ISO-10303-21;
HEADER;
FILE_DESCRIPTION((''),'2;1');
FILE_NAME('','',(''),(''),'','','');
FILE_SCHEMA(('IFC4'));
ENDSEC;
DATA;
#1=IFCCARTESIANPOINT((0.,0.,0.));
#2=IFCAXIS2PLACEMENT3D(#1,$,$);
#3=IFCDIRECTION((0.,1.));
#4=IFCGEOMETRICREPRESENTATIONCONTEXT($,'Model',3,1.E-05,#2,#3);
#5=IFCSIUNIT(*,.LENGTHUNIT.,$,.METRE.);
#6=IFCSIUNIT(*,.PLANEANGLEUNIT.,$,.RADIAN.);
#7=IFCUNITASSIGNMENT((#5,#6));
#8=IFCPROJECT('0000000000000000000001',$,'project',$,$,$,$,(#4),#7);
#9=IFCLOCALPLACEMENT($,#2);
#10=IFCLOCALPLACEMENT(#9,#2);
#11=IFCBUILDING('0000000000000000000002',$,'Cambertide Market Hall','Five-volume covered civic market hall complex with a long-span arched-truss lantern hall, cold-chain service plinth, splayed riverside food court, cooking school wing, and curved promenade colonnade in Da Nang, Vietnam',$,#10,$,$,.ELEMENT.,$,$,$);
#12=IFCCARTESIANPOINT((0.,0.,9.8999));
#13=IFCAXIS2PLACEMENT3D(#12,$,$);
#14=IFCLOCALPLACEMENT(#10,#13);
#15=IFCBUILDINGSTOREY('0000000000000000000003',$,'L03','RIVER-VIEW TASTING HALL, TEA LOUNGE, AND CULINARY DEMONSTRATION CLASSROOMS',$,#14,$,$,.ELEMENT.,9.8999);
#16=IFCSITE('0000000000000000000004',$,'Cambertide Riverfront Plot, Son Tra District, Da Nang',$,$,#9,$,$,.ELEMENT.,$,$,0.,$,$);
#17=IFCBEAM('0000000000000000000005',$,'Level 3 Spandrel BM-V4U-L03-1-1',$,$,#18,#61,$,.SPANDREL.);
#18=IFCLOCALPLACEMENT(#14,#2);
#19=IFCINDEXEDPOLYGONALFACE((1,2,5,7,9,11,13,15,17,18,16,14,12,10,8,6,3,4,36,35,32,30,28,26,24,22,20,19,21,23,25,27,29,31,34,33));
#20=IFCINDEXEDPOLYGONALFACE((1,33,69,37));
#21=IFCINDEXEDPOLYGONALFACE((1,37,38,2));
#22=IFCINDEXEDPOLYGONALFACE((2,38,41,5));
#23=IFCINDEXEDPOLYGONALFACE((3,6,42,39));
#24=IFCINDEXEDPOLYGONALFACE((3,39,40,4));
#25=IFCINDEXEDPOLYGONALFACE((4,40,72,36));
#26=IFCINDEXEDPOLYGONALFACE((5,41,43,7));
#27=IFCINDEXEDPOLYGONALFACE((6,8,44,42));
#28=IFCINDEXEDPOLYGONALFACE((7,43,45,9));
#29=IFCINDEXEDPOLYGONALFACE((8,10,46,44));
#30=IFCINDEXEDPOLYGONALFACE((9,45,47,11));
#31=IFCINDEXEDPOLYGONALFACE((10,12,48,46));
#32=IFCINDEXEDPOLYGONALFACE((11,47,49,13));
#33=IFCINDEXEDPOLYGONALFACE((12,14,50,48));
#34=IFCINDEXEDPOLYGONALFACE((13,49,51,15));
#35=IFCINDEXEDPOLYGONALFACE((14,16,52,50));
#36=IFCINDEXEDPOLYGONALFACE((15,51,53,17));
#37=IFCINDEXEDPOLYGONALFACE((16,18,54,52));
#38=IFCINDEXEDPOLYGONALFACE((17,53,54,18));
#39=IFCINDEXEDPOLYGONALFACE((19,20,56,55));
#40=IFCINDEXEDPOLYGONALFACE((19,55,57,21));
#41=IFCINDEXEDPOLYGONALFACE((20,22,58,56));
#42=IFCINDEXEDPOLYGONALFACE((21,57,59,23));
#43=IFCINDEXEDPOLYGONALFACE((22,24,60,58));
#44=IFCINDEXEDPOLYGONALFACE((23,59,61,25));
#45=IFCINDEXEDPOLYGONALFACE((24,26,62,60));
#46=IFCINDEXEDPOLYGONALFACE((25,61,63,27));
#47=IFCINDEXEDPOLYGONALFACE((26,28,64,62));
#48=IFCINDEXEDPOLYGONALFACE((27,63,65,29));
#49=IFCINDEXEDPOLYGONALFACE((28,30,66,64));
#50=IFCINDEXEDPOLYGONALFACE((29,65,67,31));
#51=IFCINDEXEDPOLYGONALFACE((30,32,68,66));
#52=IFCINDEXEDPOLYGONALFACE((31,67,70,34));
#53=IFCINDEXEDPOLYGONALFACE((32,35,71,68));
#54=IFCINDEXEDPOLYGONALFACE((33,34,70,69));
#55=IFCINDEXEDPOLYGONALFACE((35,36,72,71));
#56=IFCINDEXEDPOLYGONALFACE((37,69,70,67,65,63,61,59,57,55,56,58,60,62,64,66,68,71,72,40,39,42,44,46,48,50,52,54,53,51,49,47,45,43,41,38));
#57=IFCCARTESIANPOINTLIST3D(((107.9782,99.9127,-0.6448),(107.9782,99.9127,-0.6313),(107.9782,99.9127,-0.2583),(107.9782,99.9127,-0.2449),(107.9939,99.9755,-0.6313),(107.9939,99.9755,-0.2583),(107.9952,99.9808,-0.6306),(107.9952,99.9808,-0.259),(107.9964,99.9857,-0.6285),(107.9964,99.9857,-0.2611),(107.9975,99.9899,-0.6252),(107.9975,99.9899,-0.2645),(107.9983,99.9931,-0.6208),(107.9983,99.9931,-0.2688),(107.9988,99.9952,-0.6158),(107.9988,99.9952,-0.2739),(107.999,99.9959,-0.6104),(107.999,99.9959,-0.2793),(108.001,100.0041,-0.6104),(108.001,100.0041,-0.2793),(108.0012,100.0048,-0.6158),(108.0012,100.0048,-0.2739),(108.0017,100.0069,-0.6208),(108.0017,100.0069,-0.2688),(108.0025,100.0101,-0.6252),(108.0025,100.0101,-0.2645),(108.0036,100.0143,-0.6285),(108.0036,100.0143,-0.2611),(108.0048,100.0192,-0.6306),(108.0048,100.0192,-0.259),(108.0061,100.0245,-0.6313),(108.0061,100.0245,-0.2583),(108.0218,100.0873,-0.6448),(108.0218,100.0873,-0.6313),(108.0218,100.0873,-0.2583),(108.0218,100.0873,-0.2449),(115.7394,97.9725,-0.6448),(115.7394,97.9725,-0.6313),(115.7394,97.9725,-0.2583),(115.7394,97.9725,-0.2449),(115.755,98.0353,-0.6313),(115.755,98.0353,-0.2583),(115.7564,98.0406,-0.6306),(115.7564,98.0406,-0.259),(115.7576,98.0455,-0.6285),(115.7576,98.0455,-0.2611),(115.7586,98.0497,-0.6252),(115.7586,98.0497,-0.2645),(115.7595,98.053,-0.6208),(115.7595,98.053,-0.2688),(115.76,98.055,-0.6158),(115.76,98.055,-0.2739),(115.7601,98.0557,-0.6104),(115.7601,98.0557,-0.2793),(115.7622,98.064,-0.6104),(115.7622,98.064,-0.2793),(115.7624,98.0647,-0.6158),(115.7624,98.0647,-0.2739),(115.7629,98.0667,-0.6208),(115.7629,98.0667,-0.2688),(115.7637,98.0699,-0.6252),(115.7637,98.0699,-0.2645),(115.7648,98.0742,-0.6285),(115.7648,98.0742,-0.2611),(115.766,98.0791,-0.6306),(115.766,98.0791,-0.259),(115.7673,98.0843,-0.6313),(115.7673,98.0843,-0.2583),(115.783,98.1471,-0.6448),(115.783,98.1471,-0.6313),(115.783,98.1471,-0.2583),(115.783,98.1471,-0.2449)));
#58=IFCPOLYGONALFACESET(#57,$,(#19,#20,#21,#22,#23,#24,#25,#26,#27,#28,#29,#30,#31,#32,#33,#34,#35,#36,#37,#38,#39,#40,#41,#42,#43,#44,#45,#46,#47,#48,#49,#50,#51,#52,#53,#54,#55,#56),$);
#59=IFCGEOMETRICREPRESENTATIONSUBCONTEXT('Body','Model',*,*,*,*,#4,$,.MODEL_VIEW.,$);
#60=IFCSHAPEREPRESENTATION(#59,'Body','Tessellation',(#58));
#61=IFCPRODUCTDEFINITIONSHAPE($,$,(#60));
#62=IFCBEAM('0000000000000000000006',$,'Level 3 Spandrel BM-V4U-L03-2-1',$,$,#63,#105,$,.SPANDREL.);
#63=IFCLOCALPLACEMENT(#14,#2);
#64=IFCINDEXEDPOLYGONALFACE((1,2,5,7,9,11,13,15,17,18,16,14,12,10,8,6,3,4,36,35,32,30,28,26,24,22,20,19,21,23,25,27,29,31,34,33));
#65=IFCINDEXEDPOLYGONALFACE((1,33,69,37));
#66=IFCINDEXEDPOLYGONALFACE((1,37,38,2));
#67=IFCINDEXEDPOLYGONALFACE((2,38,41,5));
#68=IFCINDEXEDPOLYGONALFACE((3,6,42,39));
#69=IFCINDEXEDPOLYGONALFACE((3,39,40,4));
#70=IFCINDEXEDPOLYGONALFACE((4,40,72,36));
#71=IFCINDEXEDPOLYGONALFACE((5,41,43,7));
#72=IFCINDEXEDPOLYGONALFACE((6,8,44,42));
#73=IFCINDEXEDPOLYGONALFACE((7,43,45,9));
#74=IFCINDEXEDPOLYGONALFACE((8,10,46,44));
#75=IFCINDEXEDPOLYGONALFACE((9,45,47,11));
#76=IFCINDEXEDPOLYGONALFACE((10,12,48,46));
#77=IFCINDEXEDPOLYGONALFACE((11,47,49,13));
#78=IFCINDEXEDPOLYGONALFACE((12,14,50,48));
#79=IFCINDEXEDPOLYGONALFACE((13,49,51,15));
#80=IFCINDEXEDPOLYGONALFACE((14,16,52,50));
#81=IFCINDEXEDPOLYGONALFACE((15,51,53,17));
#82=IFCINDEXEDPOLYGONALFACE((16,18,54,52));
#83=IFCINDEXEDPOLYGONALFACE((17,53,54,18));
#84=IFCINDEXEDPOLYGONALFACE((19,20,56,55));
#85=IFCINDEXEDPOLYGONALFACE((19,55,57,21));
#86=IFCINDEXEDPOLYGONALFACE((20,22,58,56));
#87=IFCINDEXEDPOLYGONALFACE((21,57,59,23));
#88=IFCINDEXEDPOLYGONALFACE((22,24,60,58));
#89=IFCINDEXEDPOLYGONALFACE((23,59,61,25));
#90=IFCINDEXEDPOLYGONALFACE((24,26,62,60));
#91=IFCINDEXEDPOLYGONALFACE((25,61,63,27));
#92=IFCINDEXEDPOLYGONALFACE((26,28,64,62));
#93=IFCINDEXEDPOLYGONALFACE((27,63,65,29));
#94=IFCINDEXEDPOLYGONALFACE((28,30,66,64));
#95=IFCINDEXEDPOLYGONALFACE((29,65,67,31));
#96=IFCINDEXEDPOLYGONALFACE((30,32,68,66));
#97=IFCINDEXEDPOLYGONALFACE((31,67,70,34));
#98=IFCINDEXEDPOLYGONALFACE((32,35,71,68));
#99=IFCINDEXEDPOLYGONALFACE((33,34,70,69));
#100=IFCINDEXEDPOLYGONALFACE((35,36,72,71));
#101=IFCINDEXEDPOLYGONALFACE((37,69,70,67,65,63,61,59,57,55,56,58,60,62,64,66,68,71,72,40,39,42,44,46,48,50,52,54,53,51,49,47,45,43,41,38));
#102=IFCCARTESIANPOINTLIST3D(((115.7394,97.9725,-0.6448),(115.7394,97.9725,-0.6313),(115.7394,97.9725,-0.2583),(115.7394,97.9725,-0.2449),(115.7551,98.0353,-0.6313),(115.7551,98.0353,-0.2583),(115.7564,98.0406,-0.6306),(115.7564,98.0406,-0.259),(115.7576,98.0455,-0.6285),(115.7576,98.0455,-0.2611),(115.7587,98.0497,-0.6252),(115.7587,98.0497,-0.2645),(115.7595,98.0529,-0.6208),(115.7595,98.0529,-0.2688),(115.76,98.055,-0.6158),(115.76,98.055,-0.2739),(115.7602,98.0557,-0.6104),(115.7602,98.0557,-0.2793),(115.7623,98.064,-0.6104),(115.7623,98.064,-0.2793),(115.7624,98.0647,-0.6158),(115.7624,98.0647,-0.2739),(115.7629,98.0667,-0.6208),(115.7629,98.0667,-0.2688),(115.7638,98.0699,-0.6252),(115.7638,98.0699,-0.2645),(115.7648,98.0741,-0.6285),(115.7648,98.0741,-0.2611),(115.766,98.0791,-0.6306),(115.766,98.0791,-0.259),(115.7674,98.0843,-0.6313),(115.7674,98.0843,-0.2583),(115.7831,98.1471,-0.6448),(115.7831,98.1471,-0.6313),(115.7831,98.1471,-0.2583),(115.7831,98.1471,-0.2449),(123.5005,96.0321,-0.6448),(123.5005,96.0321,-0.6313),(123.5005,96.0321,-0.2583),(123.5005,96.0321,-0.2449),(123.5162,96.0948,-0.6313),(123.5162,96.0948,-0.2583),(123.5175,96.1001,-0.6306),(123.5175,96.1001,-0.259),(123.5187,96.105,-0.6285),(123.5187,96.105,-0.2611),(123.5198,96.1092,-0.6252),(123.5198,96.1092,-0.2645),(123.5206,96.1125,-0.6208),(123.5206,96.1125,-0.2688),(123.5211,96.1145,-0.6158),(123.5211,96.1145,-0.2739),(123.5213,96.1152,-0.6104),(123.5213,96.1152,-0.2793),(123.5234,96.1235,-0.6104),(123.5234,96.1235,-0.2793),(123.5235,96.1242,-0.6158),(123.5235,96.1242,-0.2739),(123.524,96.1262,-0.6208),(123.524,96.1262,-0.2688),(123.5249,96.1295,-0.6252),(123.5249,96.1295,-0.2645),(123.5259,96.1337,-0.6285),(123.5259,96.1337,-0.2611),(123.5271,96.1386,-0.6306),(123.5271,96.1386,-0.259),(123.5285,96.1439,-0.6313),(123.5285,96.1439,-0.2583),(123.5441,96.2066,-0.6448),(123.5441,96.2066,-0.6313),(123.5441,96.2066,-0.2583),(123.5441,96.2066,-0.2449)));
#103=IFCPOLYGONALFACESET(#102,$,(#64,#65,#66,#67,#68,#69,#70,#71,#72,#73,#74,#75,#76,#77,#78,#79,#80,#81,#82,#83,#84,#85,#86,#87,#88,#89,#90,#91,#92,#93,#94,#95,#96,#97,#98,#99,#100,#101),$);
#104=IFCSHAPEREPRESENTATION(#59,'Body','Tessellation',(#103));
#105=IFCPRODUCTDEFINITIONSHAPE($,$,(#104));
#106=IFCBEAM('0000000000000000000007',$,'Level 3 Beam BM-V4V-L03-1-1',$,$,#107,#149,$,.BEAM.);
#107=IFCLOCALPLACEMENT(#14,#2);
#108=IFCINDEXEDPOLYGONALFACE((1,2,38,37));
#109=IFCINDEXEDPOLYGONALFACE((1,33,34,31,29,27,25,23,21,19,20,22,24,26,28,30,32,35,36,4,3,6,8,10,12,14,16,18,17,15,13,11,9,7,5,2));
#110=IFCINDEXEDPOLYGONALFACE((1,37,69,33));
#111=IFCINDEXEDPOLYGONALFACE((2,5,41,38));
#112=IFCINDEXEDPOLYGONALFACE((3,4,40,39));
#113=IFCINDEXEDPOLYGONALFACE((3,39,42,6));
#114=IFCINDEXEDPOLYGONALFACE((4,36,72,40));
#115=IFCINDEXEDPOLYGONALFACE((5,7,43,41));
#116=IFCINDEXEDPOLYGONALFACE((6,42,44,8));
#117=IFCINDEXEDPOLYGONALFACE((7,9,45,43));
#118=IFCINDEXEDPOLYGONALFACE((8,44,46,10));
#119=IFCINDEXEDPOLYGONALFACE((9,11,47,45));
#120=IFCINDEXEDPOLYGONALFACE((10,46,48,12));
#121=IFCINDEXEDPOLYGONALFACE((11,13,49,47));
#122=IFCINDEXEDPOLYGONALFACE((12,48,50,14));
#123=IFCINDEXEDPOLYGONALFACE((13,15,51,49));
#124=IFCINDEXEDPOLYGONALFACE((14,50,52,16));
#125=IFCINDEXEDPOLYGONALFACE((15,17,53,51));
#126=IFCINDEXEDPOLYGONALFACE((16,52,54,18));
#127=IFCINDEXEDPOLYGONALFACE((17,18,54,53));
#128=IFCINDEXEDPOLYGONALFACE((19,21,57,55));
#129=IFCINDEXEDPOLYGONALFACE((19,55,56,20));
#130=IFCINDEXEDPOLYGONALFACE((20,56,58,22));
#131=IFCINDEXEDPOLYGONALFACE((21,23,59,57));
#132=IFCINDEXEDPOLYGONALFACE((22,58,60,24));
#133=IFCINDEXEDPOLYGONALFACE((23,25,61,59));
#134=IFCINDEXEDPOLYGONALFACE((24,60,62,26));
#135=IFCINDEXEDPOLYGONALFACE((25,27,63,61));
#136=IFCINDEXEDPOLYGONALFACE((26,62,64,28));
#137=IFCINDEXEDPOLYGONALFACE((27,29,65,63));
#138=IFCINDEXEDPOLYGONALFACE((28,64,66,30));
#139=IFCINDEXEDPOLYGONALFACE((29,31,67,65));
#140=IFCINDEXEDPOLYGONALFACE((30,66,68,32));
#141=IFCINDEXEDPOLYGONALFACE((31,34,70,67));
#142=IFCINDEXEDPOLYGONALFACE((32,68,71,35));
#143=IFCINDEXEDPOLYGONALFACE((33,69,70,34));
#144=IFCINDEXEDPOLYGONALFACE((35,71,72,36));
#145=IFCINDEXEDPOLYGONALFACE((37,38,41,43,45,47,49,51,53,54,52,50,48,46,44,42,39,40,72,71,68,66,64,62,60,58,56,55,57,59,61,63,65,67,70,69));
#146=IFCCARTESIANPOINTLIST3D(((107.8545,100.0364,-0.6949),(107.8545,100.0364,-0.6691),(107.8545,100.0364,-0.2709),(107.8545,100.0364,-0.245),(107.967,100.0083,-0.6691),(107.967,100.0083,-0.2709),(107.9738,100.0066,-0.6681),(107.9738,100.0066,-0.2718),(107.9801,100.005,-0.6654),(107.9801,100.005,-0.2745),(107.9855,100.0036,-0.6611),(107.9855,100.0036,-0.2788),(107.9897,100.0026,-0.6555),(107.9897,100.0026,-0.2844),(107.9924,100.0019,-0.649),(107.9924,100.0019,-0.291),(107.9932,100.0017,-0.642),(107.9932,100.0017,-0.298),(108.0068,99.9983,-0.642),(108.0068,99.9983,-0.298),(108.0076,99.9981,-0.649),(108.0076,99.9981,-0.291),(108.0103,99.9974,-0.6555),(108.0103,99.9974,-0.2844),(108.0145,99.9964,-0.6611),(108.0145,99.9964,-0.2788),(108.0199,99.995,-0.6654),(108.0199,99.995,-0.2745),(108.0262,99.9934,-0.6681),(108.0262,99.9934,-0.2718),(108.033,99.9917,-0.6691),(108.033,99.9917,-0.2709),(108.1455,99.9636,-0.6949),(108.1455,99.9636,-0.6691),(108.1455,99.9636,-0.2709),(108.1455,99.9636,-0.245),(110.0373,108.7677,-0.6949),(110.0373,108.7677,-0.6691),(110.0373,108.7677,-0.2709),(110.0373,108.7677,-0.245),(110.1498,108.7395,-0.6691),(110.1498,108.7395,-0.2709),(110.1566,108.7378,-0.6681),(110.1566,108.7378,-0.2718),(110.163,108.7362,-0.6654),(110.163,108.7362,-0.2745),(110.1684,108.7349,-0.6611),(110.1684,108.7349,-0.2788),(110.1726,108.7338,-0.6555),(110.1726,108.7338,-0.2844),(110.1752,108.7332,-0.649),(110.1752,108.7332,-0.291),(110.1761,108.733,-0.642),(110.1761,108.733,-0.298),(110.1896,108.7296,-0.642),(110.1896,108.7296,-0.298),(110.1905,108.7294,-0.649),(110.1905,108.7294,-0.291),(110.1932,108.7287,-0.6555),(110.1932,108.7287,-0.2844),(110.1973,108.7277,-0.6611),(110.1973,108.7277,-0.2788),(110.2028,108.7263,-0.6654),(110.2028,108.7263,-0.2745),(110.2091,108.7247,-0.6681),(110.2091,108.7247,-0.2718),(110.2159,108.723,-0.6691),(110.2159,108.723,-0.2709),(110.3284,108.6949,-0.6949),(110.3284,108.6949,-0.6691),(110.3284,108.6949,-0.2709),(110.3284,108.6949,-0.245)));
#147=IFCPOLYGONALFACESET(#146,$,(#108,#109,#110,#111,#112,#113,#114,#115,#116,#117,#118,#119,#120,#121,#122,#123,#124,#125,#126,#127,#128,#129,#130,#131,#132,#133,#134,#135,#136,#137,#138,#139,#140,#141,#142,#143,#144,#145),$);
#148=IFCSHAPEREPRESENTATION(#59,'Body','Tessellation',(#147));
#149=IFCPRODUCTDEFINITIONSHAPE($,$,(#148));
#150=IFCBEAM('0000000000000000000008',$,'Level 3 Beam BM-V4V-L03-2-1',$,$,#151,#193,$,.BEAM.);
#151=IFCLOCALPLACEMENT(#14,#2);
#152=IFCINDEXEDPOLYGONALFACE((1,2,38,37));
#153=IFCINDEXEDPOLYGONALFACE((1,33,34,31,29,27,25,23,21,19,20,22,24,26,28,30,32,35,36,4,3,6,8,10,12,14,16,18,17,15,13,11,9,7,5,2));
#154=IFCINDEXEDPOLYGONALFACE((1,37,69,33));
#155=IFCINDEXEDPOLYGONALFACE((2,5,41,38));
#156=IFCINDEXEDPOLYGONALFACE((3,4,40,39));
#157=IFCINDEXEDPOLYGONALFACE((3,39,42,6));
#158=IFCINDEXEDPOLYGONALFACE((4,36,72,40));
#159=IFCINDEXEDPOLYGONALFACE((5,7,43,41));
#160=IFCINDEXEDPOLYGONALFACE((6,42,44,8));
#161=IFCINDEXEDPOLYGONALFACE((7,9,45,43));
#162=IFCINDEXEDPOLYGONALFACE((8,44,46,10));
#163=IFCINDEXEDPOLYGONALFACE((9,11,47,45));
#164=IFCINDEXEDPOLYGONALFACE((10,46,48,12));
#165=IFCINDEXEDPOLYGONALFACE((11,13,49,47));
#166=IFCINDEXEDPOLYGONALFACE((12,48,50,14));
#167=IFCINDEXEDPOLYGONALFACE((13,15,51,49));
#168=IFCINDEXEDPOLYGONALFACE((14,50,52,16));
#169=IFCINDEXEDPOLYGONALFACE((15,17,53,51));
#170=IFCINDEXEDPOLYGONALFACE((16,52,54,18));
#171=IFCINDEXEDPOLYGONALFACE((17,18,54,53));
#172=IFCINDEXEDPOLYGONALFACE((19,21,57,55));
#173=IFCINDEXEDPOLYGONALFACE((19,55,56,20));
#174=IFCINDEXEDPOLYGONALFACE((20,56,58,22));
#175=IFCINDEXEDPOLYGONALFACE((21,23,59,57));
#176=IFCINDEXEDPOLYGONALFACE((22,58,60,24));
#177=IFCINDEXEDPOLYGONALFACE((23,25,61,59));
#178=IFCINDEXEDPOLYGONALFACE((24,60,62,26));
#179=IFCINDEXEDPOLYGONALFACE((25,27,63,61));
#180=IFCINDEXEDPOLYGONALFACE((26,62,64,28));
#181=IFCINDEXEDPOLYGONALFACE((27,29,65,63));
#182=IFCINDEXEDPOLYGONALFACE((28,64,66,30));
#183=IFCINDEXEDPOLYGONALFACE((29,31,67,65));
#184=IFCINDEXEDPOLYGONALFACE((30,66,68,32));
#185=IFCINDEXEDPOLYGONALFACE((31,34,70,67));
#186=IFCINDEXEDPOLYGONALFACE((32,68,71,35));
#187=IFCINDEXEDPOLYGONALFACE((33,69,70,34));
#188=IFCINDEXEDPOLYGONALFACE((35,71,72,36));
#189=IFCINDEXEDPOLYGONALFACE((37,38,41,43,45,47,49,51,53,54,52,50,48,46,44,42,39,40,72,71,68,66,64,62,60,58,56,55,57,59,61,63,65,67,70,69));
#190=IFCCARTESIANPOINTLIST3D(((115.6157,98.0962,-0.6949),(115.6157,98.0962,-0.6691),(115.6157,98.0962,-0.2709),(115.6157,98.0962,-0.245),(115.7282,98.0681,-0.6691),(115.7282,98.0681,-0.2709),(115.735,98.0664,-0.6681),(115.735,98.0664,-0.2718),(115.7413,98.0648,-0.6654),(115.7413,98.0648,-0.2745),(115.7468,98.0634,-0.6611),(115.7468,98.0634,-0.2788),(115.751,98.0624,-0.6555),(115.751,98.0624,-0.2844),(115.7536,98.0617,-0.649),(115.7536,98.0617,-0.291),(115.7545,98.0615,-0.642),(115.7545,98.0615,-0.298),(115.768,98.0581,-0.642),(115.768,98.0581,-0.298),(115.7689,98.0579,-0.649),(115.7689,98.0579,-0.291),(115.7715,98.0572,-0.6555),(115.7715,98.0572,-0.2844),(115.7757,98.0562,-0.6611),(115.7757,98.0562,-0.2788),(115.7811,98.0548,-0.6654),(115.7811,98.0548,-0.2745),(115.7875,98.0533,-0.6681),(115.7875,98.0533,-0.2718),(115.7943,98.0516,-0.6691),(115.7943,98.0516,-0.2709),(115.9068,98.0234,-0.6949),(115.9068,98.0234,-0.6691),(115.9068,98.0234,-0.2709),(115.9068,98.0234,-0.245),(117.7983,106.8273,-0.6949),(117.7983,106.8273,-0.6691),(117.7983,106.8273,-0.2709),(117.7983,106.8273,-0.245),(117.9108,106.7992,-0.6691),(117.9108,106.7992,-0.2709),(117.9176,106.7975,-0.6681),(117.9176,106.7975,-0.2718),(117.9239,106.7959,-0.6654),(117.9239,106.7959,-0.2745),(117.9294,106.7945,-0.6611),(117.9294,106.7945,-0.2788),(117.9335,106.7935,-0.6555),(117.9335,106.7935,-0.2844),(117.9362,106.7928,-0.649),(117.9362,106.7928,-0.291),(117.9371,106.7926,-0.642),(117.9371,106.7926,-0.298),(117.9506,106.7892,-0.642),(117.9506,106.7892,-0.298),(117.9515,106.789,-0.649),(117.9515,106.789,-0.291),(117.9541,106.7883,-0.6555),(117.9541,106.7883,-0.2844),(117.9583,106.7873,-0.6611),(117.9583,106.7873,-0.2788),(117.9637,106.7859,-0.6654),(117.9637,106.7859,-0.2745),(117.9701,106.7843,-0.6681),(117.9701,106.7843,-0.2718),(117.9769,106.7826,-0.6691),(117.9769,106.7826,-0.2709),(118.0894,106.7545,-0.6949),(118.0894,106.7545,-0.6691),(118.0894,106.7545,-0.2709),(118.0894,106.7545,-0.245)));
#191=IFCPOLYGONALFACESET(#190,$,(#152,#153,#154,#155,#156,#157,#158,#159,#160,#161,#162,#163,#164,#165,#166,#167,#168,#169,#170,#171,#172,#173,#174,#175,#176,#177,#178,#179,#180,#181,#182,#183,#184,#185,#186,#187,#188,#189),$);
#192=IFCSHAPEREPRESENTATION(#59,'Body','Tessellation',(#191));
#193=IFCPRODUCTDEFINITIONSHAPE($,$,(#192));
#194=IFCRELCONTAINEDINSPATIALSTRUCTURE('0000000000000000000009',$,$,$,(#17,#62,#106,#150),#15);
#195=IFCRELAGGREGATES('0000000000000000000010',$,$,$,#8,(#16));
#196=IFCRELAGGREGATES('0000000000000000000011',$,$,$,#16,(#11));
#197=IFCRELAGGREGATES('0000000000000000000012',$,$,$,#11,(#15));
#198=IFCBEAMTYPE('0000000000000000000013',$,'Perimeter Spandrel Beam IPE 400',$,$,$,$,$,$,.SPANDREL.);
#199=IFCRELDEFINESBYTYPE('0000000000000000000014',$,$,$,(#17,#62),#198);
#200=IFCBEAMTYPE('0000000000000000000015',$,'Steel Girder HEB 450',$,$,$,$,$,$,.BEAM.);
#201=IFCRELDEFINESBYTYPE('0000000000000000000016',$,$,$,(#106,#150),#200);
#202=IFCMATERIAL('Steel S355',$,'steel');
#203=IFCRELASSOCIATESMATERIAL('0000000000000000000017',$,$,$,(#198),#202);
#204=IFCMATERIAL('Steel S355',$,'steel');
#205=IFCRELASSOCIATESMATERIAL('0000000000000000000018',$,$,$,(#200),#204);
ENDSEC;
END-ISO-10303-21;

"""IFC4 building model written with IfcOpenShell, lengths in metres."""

from ifc_helpers import new_model, si_unit, direction, frame, origin, origin_2d, place, context, subcontext, project, spatial, i_section, extrude, material, material_profile, profile_set, type_object, element, save


model = new_model("IFC4")

# Units and contexts
model_context = context("Model", 3, precision=1e-05, world=origin(), true_north=direction((0.0, 1.0)))
body_context = subcontext(model_context, "Body", "Model", "MODEL_VIEW")
ifc_project = project(units=[si_unit("LENGTHUNIT", "METRE"), si_unit("PLANEANGLEUNIT", "RADIAN")], contexts=[model_context])

# Site, building, storey
site_placement = place(None, origin())
site = spatial("IfcSite", under=ifc_project, at=site_placement, Name="Cambertide Riverfront Plot, Son Tra District, Da Nang", CompositionType="ELEMENT", RefElevation=0.0)
building_placement = place(site_placement, origin())
building = spatial("IfcBuilding", under=site, at=building_placement, Name="Cambertide Market Hall", Description="Five-volume covered civic market hall complex with a long-span arched-truss lantern hall, cold-chain service plinth, splayed riverside food court, cooking school wing, and curved promenade colonnade in Da Nang, Vietnam", CompositionType="ELEMENT")
storey_placement = place(building_placement, frame((0.0, 0.0, 9.8999)))
storey = spatial("IfcBuildingStorey", under=building, at=storey_placement, Name="L03", Description="RIVER-VIEW TASTING HALL, TEA LOUNGE, AND CULINARY DEMONSTRATION CLASSROOMS", CompositionType="ELEMENT", Elevation=9.8999)

# Beams
ifc_material_1 = material(Name="Steel S355", Category="steel")
ifc_material_profile_1 = material_profile(ifc_material_1, i_section(OverallWidth=0.1799, OverallDepth=0.3999, WebThickness=0.0085, FlangeThickness=0.0134, FilletRadius=0.021, at=origin_2d()), Name="IPE 400")
ifc_profile_set_1 = profile_set([ifc_material_profile_1], Name="Steel S355")
beam_type_1 = type_object("IfcBeamType", Name="Perimeter Spandrel Beam IPE 400", PredefinedType="SPANDREL", material=ifc_profile_set_1)
for number, where, z_axis, x_axis, name in (
    (1, (108.0, 100.0, -0.4448), (0.970146, -0.242521, 0.0), (0.242521, 0.970146, 0.0), "Level 3 Spandrel BM-V4U-L03-1-1"),
    (2, (115.7612, 98.0598, -0.4448), (0.970137, -0.242557, 0.0), (0.242557, 0.970137, 0.0), "Level 3 Spandrel BM-V4U-L03-2-1"),
):
    element("IfcBeam", number, at=place(storey_placement, frame(where, z_axis=z_axis, x_axis=x_axis)), inside=storey, type_object=beam_type_1, Name=name, PredefinedType="SPANDREL", context=body_context, shape_type="SweptSolid", body=[
        extrude(i_section(OverallWidth=0.1799, OverallDepth=0.3999, WebThickness=0.0085, FlangeThickness=0.0134, FilletRadius=0.021, at=origin_2d()), origin(), (0.0, 0.0, 1.0), 8.0),
    ])
ifc_material_2 = material(Name="Steel S355", Category="steel")
ifc_material_profile_2 = material_profile(ifc_material_2, i_section(OverallWidth=0.3, OverallDepth=0.45, WebThickness=0.0139, FlangeThickness=0.0259, FilletRadius=0.0271, at=origin_2d()), Name="HEB 450")
ifc_profile_set_2 = profile_set([ifc_material_profile_2], Name="Steel S355")
beam_type_2 = type_object("IfcBeamType", Name="Steel Girder HEB 450", PredefinedType="BEAM", material=ifc_profile_set_2)
beam_1_placement = place(storey_placement, frame((108.0, 100.0, -0.47), z_axis=(0.242542, 0.970141, 0.0), x_axis=(-0.970141, 0.242542, 0.0)))
element("IfcBeam", 3, at=beam_1_placement, inside=storey, type_object=beam_type_2, Name="Level 3 Beam BM-V4V-L03-1-1", PredefinedType="BEAM", context=body_context, shape_type="SweptSolid", body=[
    extrude(i_section(OverallWidth=0.3, OverallDepth=0.45, WebThickness=0.0139, FlangeThickness=0.0259, FilletRadius=0.0271, at=origin_2d()), origin(), (0.0, 0.0, 1.0), 9.0),
])
beam_2_placement = place(storey_placement, frame((115.7612, 98.0598, -0.47), z_axis=(0.242516, 0.970147, 0.0), x_axis=(-0.970147, 0.242516, 0.0)))
element("IfcBeam", 4, at=beam_2_placement, inside=storey, type_object=beam_type_2, Name="Level 3 Beam BM-V4V-L03-2-1", PredefinedType="BEAM", context=body_context, shape_type="SweptSolid", body=[
    extrude(i_section(OverallWidth=0.3, OverallDepth=0.45, WebThickness=0.0139, FlangeThickness=0.0259, FilletRadius=0.0271, at=origin_2d()), origin(), (0.0, 0.0, 1.0), 8.9998),
])

save(model, "model.ifc")
